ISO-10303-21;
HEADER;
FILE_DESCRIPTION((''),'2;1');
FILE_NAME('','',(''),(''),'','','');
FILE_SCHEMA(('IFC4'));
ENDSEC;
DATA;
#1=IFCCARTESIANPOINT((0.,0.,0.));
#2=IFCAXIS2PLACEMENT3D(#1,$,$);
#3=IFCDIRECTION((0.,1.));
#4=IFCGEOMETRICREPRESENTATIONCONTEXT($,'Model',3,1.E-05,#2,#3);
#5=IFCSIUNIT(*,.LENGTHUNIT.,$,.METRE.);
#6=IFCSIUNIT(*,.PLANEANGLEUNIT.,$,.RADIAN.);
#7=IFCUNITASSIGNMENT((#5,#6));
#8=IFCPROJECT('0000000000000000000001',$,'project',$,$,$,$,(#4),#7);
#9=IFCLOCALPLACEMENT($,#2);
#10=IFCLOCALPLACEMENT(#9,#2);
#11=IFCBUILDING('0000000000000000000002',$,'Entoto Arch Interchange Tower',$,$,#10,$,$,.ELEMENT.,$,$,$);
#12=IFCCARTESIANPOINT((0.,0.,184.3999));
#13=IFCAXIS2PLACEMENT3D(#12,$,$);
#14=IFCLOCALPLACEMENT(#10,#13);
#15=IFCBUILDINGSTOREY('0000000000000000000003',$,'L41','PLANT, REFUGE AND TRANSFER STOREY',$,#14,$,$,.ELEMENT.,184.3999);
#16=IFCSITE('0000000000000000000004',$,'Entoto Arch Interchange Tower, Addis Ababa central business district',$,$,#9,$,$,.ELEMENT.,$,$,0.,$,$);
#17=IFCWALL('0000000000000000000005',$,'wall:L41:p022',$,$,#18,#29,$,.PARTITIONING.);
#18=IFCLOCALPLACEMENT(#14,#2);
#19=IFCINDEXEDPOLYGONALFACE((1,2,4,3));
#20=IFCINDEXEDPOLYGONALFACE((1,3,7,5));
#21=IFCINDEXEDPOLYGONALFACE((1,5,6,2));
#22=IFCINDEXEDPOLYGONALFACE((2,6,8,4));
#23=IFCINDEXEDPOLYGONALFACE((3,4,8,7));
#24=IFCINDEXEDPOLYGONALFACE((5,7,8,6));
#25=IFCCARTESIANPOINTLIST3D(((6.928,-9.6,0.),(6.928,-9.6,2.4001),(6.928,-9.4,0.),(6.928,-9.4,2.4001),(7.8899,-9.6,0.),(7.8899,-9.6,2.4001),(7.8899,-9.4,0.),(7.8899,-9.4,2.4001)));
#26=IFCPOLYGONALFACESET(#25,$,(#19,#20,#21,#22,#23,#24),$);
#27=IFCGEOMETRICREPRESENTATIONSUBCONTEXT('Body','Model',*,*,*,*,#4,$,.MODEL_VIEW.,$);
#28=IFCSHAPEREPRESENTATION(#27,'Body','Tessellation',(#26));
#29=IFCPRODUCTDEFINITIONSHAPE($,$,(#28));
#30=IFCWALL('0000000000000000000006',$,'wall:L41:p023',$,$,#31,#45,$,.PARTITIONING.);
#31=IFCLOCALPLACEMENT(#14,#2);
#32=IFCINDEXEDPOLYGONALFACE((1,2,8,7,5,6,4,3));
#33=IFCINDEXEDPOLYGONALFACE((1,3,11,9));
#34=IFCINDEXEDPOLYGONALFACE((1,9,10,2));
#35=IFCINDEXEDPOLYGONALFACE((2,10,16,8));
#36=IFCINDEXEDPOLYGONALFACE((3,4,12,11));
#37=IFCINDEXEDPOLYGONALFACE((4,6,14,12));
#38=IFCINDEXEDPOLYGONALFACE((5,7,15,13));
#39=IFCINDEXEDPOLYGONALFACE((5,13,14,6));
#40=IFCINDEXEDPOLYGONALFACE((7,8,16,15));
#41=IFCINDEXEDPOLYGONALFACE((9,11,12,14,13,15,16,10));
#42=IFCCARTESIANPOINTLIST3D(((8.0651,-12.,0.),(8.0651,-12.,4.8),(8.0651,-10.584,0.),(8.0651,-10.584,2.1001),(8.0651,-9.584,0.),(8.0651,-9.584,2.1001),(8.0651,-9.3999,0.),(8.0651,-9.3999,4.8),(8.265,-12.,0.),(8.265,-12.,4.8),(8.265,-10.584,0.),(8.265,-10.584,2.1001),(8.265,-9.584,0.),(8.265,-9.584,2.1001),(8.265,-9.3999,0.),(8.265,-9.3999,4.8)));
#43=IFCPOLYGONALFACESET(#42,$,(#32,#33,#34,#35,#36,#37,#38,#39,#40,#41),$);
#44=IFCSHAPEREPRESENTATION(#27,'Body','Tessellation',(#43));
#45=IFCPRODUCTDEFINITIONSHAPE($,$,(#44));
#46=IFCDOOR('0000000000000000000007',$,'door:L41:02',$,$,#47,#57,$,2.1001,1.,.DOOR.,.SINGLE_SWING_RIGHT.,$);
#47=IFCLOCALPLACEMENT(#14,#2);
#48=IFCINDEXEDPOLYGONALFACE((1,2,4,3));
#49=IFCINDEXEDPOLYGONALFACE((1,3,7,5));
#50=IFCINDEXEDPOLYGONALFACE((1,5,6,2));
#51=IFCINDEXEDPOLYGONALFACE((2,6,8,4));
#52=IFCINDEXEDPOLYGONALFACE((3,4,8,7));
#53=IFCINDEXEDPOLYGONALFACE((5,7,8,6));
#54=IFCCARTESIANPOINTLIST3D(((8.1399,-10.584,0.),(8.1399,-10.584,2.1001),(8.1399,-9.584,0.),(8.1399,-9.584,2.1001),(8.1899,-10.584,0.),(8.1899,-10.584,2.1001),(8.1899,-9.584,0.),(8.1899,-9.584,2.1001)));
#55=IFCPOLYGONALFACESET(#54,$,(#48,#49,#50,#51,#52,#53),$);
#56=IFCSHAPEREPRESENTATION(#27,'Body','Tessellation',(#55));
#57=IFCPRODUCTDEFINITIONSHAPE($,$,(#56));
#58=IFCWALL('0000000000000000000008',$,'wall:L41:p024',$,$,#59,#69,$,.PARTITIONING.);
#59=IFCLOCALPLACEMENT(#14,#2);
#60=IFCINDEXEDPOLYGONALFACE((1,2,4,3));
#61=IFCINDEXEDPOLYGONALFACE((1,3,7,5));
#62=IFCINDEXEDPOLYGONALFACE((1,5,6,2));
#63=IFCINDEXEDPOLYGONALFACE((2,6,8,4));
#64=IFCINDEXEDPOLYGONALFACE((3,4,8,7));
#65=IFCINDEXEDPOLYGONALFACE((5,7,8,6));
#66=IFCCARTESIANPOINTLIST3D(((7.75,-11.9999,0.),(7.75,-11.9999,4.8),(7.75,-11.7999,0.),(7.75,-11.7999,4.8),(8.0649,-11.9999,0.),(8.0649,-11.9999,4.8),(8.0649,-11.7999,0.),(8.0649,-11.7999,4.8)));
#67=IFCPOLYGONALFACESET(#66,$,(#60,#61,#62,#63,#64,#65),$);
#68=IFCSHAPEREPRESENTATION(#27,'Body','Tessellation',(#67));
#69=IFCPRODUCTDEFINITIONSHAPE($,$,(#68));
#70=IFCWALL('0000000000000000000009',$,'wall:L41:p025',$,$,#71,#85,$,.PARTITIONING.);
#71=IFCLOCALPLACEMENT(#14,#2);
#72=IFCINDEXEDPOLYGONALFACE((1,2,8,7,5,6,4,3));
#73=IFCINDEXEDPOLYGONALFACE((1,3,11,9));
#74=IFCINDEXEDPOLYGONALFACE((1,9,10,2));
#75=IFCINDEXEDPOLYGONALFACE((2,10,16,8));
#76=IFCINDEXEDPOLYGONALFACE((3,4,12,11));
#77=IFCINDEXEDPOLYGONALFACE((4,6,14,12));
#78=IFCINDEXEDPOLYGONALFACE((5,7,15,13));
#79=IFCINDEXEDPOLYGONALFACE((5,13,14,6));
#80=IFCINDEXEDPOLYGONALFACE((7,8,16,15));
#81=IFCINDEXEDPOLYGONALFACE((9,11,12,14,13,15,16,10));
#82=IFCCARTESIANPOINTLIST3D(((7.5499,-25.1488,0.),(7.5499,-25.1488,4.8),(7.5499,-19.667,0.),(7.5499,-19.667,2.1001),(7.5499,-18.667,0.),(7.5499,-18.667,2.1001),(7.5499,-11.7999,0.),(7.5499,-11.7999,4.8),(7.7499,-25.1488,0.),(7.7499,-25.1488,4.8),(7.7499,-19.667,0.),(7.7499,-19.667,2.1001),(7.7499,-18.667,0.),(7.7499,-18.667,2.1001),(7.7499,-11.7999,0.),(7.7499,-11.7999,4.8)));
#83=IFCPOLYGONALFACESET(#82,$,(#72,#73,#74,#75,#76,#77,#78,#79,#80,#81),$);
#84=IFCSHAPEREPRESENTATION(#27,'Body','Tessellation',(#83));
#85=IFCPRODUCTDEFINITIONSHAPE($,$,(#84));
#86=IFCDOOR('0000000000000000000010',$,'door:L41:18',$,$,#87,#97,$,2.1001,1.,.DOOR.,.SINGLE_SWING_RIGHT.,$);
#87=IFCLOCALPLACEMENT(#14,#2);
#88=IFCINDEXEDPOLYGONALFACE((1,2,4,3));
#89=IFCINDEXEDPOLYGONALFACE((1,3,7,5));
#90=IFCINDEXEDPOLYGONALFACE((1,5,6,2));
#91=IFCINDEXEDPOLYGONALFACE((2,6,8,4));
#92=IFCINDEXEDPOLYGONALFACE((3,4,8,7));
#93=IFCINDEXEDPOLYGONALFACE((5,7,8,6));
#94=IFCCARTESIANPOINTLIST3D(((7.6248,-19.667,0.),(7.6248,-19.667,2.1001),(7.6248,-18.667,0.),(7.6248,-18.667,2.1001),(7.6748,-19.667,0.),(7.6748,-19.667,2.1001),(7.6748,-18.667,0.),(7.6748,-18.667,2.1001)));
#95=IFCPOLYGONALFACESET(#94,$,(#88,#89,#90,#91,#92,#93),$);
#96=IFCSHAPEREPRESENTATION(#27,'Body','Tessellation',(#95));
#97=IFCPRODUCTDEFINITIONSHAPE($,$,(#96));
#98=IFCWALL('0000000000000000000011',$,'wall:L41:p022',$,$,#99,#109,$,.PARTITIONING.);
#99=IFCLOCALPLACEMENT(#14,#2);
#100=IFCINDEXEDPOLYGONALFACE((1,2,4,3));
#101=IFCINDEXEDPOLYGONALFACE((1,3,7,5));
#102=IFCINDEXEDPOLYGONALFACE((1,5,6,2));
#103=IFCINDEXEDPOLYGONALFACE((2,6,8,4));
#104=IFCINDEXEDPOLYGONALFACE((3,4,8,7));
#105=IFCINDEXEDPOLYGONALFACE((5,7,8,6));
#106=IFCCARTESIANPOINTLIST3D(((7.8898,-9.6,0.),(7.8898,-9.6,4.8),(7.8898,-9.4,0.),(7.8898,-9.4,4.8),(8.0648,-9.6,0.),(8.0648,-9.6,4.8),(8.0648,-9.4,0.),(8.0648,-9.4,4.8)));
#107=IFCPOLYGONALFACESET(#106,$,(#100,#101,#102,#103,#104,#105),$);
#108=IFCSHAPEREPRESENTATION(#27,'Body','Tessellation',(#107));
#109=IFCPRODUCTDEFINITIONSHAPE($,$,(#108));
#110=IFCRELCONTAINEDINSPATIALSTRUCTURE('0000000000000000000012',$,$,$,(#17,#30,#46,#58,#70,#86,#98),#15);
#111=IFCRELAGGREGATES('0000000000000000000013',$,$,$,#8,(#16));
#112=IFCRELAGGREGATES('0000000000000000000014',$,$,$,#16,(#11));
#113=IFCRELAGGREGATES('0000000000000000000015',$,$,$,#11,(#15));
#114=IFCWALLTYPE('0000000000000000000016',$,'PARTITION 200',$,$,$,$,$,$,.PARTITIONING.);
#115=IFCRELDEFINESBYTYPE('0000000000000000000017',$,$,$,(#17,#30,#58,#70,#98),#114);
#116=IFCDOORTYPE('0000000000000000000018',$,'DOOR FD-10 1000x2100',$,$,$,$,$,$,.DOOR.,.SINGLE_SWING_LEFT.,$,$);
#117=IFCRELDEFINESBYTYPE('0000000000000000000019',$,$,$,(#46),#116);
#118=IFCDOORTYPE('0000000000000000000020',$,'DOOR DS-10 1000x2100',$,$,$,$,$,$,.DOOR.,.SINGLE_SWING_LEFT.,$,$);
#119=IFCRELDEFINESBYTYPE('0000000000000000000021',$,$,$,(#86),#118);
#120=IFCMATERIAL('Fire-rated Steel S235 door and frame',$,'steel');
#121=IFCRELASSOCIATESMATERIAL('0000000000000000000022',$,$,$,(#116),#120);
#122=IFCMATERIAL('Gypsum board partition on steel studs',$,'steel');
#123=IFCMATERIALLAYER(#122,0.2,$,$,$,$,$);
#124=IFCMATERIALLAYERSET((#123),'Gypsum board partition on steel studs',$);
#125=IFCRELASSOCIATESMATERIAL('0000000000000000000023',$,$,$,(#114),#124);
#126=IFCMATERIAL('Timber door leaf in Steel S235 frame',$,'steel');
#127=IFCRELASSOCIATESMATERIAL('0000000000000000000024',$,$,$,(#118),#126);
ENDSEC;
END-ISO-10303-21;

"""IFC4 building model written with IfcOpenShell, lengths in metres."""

from ifc_helpers import new_model, si_unit, direction, frame, frame_2d, origin, place, context, subcontext, project, spatial, rectangle, extrude, material, layer, layer_set, type_object, element, fill, save


model = new_model("IFC4")

# Units and contexts
model_context = context("Model", 3, precision=1e-05, world=origin(), true_north=direction((0.0, 1.0)))
body_context = subcontext(model_context, "Body", "Model", "MODEL_VIEW")
ifc_project = project(units=[si_unit("LENGTHUNIT", "METRE"), si_unit("PLANEANGLEUNIT", "RADIAN")], contexts=[model_context])

# Site, building, storey
site_placement = place(None, origin())
site = spatial("IfcSite", under=ifc_project, at=site_placement, Name="Entoto Arch Interchange Tower, Addis Ababa central business district", CompositionType="ELEMENT", RefElevation=0.0)
building_placement = place(site_placement, origin())
building = spatial("IfcBuilding", under=site, at=building_placement, Name="Entoto Arch Interchange Tower", CompositionType="ELEMENT")
storey_placement = place(building_placement, frame((0.0, 0.0, 184.3999)))
storey = spatial("IfcBuildingStorey", under=building, at=storey_placement, Name="L41", Description="PLANT, REFUGE AND TRANSFER STOREY", CompositionType="ELEMENT", Elevation=184.3999)

# Shared definitions
ifc_material_1 = material(Name="Fire-rated Steel S235 door and frame", Category="steel")
door_type_1 = type_object("IfcDoorType", Name="DOOR FD-10 1000x2100", OperationType="SINGLE_SWING_LEFT", PredefinedType="DOOR", material=ifc_material_1)

# Shared definitions
ifc_material_2 = material(Name="Gypsum board partition on steel studs", Category="steel")
ifc_layer_1 = layer(ifc_material_2, 0.2)
ifc_layer_set_1 = layer_set([ifc_layer_1], Name="Gypsum board partition on steel studs")
wall_type_1 = type_object("IfcWallType", Name="PARTITION 200", PredefinedType="PARTITIONING", material=ifc_layer_set_1)

# Wall
wall_1_placement = place(storey_placement, frame((6.928, -9.5, 0.0), z_axis=(0.0, 0.0, 1.0), x_axis=(1.0, 0.0, 0.0)))
element("IfcWall", 1, at=wall_1_placement, inside=storey, type_object=wall_type_1, Name="wall:L41:p022", PredefinedType="PARTITIONING", context=body_context, shape_type="SweptSolid", body=[
    extrude(rectangle(XDim=0.9619, YDim=0.2, at=frame_2d((0.481, 0.0))), origin(), (0.0, 0.0, 1.0), 2.4001),
])

# Wall, opening, door
wall_2_placement = place(storey_placement, frame((8.165, -9.3999, 0.0), z_axis=(0.0, 0.0, 1.0), x_axis=(0.0, -1.0, 0.0)))
wall_2 = element("IfcWall", 2, at=wall_2_placement, inside=storey, type_object=wall_type_1, Name="wall:L41:p023", PredefinedType="PARTITIONING", context=body_context, shape_type="SweptSolid", body=[
    extrude(rectangle(XDim=2.6001, YDim=0.2, at=frame_2d((1.3, 0.0))), origin(), (0.0, 0.0, 1.0), 4.8),
])
opening_1_placement = place(wall_2_placement, frame((0.1841, 0.0, 0.0)))
opening_1 = element("IfcOpeningElement", 3, at=opening_1_placement, cuts=wall_2, PredefinedType="OPENING", context=body_context, shape_type="SweptSolid", body=[
    extrude(rectangle(XDim=1.0, YDim=2.1001, at=frame_2d((0.5, 1.05))), frame((0.0, 0.1099, 0.0), z_axis=(0.0, -1.0, 0.0), x_axis=(1.0, 0.0, 0.0)), (0.0, 0.0, 1.0), 0.22),
])
door_1_placement = place(opening_1_placement, origin())
door_1 = element("IfcDoor", 4, at=door_1_placement, inside=storey, type_object=door_type_1, Name="door:L41:02", OperationType="SINGLE_SWING_RIGHT", OverallHeight=2.1001, OverallWidth=1.0, PredefinedType="DOOR", context=body_context, shape_type="SweptSolid", body=[
    extrude(rectangle(XDim=1.0, YDim=2.1001, at=frame_2d((0.5, 1.05))), frame((0.0, 0.0249, 0.0), z_axis=(0.0, -1.0, 0.0), x_axis=(1.0, 0.0, 0.0)), (0.0, 0.0, 1.0), 0.05),
])
fill(opening_1, door_1)

# Wall
wall_3_placement = place(storey_placement, frame((8.0649, -11.8999, 0.0), z_axis=(0.0, 0.0, 1.0), x_axis=(-1.0, 0.0, 0.0)))
element("IfcWall", 5, at=wall_3_placement, inside=storey, type_object=wall_type_1, Name="wall:L41:p024", PredefinedType="PARTITIONING", context=body_context, shape_type="SweptSolid", body=[
    extrude(rectangle(XDim=0.3149, YDim=0.2, at=frame_2d((0.1575, 0.0))), origin(), (0.0, 0.0, 1.0), 4.8),
])

# Wall, opening, door
wall_4_placement = place(storey_placement, frame((7.6499, -11.8, 0.0), z_axis=(0.0, 0.0, 1.0), x_axis=(0.0, -1.0, 0.0)))
wall_4 = element("IfcWall", 6, at=wall_4_placement, inside=storey, type_object=wall_type_1, Name="wall:L41:p025", PredefinedType="PARTITIONING", context=body_context, shape_type="SweptSolid", body=[
    extrude(rectangle(XDim=13.3489, YDim=0.2, at=frame_2d((6.6743, 0.0))), origin(), (0.0, 0.0, 1.0), 4.8),
])
opening_2_placement = place(wall_4_placement, frame((6.8669, 0.0, 0.0)))
opening_2 = element("IfcOpeningElement", 7, at=opening_2_placement, cuts=wall_4, PredefinedType="OPENING", context=body_context, shape_type="SweptSolid", body=[
    extrude(rectangle(XDim=1.0, YDim=2.1001, at=frame_2d((0.5, 1.05))), frame((0.0, 0.1099, 0.0), z_axis=(0.0, -1.0, 0.0), x_axis=(1.0, 0.0, 0.0)), (0.0, 0.0, 1.0), 0.22),
])
ifc_material_3 = material(Name="Timber door leaf in Steel S235 frame", Category="steel")
door_type_2 = type_object("IfcDoorType", Name="DOOR DS-10 1000x2100", OperationType="SINGLE_SWING_LEFT", PredefinedType="DOOR", material=ifc_material_3)
door_2_placement = place(opening_2_placement, origin())
door_2 = element("IfcDoor", 8, at=door_2_placement, inside=storey, type_object=door_type_2, Name="door:L41:18", OperationType="SINGLE_SWING_RIGHT", OverallHeight=2.1001, OverallWidth=1.0, PredefinedType="DOOR", context=body_context, shape_type="SweptSolid", body=[
    extrude(rectangle(XDim=1.0, YDim=2.1001, at=frame_2d((0.5, 1.05))), frame((0.0, 0.0249, 0.0), z_axis=(0.0, -1.0, 0.0), x_axis=(1.0, 0.0, 0.0)), (0.0, 0.0, 1.0), 0.05),
])
fill(opening_2, door_2)

# Wall
wall_5_placement = place(storey_placement, frame((7.8899, -9.5, 0.0), z_axis=(0.0, 0.0, 1.0), x_axis=(1.0, 0.0, 0.0)))
element("IfcWall", 9, at=wall_5_placement, inside=storey, type_object=wall_type_1, Name="wall:L41:p022", PredefinedType="PARTITIONING", context=body_context, shape_type="SweptSolid", body=[
    extrude(rectangle(XDim=0.175, YDim=0.2, at=frame_2d((0.0874, 0.0))), origin(), (0.0, 0.0, 1.0), 4.8),
])

save(model, "model.ifc")
